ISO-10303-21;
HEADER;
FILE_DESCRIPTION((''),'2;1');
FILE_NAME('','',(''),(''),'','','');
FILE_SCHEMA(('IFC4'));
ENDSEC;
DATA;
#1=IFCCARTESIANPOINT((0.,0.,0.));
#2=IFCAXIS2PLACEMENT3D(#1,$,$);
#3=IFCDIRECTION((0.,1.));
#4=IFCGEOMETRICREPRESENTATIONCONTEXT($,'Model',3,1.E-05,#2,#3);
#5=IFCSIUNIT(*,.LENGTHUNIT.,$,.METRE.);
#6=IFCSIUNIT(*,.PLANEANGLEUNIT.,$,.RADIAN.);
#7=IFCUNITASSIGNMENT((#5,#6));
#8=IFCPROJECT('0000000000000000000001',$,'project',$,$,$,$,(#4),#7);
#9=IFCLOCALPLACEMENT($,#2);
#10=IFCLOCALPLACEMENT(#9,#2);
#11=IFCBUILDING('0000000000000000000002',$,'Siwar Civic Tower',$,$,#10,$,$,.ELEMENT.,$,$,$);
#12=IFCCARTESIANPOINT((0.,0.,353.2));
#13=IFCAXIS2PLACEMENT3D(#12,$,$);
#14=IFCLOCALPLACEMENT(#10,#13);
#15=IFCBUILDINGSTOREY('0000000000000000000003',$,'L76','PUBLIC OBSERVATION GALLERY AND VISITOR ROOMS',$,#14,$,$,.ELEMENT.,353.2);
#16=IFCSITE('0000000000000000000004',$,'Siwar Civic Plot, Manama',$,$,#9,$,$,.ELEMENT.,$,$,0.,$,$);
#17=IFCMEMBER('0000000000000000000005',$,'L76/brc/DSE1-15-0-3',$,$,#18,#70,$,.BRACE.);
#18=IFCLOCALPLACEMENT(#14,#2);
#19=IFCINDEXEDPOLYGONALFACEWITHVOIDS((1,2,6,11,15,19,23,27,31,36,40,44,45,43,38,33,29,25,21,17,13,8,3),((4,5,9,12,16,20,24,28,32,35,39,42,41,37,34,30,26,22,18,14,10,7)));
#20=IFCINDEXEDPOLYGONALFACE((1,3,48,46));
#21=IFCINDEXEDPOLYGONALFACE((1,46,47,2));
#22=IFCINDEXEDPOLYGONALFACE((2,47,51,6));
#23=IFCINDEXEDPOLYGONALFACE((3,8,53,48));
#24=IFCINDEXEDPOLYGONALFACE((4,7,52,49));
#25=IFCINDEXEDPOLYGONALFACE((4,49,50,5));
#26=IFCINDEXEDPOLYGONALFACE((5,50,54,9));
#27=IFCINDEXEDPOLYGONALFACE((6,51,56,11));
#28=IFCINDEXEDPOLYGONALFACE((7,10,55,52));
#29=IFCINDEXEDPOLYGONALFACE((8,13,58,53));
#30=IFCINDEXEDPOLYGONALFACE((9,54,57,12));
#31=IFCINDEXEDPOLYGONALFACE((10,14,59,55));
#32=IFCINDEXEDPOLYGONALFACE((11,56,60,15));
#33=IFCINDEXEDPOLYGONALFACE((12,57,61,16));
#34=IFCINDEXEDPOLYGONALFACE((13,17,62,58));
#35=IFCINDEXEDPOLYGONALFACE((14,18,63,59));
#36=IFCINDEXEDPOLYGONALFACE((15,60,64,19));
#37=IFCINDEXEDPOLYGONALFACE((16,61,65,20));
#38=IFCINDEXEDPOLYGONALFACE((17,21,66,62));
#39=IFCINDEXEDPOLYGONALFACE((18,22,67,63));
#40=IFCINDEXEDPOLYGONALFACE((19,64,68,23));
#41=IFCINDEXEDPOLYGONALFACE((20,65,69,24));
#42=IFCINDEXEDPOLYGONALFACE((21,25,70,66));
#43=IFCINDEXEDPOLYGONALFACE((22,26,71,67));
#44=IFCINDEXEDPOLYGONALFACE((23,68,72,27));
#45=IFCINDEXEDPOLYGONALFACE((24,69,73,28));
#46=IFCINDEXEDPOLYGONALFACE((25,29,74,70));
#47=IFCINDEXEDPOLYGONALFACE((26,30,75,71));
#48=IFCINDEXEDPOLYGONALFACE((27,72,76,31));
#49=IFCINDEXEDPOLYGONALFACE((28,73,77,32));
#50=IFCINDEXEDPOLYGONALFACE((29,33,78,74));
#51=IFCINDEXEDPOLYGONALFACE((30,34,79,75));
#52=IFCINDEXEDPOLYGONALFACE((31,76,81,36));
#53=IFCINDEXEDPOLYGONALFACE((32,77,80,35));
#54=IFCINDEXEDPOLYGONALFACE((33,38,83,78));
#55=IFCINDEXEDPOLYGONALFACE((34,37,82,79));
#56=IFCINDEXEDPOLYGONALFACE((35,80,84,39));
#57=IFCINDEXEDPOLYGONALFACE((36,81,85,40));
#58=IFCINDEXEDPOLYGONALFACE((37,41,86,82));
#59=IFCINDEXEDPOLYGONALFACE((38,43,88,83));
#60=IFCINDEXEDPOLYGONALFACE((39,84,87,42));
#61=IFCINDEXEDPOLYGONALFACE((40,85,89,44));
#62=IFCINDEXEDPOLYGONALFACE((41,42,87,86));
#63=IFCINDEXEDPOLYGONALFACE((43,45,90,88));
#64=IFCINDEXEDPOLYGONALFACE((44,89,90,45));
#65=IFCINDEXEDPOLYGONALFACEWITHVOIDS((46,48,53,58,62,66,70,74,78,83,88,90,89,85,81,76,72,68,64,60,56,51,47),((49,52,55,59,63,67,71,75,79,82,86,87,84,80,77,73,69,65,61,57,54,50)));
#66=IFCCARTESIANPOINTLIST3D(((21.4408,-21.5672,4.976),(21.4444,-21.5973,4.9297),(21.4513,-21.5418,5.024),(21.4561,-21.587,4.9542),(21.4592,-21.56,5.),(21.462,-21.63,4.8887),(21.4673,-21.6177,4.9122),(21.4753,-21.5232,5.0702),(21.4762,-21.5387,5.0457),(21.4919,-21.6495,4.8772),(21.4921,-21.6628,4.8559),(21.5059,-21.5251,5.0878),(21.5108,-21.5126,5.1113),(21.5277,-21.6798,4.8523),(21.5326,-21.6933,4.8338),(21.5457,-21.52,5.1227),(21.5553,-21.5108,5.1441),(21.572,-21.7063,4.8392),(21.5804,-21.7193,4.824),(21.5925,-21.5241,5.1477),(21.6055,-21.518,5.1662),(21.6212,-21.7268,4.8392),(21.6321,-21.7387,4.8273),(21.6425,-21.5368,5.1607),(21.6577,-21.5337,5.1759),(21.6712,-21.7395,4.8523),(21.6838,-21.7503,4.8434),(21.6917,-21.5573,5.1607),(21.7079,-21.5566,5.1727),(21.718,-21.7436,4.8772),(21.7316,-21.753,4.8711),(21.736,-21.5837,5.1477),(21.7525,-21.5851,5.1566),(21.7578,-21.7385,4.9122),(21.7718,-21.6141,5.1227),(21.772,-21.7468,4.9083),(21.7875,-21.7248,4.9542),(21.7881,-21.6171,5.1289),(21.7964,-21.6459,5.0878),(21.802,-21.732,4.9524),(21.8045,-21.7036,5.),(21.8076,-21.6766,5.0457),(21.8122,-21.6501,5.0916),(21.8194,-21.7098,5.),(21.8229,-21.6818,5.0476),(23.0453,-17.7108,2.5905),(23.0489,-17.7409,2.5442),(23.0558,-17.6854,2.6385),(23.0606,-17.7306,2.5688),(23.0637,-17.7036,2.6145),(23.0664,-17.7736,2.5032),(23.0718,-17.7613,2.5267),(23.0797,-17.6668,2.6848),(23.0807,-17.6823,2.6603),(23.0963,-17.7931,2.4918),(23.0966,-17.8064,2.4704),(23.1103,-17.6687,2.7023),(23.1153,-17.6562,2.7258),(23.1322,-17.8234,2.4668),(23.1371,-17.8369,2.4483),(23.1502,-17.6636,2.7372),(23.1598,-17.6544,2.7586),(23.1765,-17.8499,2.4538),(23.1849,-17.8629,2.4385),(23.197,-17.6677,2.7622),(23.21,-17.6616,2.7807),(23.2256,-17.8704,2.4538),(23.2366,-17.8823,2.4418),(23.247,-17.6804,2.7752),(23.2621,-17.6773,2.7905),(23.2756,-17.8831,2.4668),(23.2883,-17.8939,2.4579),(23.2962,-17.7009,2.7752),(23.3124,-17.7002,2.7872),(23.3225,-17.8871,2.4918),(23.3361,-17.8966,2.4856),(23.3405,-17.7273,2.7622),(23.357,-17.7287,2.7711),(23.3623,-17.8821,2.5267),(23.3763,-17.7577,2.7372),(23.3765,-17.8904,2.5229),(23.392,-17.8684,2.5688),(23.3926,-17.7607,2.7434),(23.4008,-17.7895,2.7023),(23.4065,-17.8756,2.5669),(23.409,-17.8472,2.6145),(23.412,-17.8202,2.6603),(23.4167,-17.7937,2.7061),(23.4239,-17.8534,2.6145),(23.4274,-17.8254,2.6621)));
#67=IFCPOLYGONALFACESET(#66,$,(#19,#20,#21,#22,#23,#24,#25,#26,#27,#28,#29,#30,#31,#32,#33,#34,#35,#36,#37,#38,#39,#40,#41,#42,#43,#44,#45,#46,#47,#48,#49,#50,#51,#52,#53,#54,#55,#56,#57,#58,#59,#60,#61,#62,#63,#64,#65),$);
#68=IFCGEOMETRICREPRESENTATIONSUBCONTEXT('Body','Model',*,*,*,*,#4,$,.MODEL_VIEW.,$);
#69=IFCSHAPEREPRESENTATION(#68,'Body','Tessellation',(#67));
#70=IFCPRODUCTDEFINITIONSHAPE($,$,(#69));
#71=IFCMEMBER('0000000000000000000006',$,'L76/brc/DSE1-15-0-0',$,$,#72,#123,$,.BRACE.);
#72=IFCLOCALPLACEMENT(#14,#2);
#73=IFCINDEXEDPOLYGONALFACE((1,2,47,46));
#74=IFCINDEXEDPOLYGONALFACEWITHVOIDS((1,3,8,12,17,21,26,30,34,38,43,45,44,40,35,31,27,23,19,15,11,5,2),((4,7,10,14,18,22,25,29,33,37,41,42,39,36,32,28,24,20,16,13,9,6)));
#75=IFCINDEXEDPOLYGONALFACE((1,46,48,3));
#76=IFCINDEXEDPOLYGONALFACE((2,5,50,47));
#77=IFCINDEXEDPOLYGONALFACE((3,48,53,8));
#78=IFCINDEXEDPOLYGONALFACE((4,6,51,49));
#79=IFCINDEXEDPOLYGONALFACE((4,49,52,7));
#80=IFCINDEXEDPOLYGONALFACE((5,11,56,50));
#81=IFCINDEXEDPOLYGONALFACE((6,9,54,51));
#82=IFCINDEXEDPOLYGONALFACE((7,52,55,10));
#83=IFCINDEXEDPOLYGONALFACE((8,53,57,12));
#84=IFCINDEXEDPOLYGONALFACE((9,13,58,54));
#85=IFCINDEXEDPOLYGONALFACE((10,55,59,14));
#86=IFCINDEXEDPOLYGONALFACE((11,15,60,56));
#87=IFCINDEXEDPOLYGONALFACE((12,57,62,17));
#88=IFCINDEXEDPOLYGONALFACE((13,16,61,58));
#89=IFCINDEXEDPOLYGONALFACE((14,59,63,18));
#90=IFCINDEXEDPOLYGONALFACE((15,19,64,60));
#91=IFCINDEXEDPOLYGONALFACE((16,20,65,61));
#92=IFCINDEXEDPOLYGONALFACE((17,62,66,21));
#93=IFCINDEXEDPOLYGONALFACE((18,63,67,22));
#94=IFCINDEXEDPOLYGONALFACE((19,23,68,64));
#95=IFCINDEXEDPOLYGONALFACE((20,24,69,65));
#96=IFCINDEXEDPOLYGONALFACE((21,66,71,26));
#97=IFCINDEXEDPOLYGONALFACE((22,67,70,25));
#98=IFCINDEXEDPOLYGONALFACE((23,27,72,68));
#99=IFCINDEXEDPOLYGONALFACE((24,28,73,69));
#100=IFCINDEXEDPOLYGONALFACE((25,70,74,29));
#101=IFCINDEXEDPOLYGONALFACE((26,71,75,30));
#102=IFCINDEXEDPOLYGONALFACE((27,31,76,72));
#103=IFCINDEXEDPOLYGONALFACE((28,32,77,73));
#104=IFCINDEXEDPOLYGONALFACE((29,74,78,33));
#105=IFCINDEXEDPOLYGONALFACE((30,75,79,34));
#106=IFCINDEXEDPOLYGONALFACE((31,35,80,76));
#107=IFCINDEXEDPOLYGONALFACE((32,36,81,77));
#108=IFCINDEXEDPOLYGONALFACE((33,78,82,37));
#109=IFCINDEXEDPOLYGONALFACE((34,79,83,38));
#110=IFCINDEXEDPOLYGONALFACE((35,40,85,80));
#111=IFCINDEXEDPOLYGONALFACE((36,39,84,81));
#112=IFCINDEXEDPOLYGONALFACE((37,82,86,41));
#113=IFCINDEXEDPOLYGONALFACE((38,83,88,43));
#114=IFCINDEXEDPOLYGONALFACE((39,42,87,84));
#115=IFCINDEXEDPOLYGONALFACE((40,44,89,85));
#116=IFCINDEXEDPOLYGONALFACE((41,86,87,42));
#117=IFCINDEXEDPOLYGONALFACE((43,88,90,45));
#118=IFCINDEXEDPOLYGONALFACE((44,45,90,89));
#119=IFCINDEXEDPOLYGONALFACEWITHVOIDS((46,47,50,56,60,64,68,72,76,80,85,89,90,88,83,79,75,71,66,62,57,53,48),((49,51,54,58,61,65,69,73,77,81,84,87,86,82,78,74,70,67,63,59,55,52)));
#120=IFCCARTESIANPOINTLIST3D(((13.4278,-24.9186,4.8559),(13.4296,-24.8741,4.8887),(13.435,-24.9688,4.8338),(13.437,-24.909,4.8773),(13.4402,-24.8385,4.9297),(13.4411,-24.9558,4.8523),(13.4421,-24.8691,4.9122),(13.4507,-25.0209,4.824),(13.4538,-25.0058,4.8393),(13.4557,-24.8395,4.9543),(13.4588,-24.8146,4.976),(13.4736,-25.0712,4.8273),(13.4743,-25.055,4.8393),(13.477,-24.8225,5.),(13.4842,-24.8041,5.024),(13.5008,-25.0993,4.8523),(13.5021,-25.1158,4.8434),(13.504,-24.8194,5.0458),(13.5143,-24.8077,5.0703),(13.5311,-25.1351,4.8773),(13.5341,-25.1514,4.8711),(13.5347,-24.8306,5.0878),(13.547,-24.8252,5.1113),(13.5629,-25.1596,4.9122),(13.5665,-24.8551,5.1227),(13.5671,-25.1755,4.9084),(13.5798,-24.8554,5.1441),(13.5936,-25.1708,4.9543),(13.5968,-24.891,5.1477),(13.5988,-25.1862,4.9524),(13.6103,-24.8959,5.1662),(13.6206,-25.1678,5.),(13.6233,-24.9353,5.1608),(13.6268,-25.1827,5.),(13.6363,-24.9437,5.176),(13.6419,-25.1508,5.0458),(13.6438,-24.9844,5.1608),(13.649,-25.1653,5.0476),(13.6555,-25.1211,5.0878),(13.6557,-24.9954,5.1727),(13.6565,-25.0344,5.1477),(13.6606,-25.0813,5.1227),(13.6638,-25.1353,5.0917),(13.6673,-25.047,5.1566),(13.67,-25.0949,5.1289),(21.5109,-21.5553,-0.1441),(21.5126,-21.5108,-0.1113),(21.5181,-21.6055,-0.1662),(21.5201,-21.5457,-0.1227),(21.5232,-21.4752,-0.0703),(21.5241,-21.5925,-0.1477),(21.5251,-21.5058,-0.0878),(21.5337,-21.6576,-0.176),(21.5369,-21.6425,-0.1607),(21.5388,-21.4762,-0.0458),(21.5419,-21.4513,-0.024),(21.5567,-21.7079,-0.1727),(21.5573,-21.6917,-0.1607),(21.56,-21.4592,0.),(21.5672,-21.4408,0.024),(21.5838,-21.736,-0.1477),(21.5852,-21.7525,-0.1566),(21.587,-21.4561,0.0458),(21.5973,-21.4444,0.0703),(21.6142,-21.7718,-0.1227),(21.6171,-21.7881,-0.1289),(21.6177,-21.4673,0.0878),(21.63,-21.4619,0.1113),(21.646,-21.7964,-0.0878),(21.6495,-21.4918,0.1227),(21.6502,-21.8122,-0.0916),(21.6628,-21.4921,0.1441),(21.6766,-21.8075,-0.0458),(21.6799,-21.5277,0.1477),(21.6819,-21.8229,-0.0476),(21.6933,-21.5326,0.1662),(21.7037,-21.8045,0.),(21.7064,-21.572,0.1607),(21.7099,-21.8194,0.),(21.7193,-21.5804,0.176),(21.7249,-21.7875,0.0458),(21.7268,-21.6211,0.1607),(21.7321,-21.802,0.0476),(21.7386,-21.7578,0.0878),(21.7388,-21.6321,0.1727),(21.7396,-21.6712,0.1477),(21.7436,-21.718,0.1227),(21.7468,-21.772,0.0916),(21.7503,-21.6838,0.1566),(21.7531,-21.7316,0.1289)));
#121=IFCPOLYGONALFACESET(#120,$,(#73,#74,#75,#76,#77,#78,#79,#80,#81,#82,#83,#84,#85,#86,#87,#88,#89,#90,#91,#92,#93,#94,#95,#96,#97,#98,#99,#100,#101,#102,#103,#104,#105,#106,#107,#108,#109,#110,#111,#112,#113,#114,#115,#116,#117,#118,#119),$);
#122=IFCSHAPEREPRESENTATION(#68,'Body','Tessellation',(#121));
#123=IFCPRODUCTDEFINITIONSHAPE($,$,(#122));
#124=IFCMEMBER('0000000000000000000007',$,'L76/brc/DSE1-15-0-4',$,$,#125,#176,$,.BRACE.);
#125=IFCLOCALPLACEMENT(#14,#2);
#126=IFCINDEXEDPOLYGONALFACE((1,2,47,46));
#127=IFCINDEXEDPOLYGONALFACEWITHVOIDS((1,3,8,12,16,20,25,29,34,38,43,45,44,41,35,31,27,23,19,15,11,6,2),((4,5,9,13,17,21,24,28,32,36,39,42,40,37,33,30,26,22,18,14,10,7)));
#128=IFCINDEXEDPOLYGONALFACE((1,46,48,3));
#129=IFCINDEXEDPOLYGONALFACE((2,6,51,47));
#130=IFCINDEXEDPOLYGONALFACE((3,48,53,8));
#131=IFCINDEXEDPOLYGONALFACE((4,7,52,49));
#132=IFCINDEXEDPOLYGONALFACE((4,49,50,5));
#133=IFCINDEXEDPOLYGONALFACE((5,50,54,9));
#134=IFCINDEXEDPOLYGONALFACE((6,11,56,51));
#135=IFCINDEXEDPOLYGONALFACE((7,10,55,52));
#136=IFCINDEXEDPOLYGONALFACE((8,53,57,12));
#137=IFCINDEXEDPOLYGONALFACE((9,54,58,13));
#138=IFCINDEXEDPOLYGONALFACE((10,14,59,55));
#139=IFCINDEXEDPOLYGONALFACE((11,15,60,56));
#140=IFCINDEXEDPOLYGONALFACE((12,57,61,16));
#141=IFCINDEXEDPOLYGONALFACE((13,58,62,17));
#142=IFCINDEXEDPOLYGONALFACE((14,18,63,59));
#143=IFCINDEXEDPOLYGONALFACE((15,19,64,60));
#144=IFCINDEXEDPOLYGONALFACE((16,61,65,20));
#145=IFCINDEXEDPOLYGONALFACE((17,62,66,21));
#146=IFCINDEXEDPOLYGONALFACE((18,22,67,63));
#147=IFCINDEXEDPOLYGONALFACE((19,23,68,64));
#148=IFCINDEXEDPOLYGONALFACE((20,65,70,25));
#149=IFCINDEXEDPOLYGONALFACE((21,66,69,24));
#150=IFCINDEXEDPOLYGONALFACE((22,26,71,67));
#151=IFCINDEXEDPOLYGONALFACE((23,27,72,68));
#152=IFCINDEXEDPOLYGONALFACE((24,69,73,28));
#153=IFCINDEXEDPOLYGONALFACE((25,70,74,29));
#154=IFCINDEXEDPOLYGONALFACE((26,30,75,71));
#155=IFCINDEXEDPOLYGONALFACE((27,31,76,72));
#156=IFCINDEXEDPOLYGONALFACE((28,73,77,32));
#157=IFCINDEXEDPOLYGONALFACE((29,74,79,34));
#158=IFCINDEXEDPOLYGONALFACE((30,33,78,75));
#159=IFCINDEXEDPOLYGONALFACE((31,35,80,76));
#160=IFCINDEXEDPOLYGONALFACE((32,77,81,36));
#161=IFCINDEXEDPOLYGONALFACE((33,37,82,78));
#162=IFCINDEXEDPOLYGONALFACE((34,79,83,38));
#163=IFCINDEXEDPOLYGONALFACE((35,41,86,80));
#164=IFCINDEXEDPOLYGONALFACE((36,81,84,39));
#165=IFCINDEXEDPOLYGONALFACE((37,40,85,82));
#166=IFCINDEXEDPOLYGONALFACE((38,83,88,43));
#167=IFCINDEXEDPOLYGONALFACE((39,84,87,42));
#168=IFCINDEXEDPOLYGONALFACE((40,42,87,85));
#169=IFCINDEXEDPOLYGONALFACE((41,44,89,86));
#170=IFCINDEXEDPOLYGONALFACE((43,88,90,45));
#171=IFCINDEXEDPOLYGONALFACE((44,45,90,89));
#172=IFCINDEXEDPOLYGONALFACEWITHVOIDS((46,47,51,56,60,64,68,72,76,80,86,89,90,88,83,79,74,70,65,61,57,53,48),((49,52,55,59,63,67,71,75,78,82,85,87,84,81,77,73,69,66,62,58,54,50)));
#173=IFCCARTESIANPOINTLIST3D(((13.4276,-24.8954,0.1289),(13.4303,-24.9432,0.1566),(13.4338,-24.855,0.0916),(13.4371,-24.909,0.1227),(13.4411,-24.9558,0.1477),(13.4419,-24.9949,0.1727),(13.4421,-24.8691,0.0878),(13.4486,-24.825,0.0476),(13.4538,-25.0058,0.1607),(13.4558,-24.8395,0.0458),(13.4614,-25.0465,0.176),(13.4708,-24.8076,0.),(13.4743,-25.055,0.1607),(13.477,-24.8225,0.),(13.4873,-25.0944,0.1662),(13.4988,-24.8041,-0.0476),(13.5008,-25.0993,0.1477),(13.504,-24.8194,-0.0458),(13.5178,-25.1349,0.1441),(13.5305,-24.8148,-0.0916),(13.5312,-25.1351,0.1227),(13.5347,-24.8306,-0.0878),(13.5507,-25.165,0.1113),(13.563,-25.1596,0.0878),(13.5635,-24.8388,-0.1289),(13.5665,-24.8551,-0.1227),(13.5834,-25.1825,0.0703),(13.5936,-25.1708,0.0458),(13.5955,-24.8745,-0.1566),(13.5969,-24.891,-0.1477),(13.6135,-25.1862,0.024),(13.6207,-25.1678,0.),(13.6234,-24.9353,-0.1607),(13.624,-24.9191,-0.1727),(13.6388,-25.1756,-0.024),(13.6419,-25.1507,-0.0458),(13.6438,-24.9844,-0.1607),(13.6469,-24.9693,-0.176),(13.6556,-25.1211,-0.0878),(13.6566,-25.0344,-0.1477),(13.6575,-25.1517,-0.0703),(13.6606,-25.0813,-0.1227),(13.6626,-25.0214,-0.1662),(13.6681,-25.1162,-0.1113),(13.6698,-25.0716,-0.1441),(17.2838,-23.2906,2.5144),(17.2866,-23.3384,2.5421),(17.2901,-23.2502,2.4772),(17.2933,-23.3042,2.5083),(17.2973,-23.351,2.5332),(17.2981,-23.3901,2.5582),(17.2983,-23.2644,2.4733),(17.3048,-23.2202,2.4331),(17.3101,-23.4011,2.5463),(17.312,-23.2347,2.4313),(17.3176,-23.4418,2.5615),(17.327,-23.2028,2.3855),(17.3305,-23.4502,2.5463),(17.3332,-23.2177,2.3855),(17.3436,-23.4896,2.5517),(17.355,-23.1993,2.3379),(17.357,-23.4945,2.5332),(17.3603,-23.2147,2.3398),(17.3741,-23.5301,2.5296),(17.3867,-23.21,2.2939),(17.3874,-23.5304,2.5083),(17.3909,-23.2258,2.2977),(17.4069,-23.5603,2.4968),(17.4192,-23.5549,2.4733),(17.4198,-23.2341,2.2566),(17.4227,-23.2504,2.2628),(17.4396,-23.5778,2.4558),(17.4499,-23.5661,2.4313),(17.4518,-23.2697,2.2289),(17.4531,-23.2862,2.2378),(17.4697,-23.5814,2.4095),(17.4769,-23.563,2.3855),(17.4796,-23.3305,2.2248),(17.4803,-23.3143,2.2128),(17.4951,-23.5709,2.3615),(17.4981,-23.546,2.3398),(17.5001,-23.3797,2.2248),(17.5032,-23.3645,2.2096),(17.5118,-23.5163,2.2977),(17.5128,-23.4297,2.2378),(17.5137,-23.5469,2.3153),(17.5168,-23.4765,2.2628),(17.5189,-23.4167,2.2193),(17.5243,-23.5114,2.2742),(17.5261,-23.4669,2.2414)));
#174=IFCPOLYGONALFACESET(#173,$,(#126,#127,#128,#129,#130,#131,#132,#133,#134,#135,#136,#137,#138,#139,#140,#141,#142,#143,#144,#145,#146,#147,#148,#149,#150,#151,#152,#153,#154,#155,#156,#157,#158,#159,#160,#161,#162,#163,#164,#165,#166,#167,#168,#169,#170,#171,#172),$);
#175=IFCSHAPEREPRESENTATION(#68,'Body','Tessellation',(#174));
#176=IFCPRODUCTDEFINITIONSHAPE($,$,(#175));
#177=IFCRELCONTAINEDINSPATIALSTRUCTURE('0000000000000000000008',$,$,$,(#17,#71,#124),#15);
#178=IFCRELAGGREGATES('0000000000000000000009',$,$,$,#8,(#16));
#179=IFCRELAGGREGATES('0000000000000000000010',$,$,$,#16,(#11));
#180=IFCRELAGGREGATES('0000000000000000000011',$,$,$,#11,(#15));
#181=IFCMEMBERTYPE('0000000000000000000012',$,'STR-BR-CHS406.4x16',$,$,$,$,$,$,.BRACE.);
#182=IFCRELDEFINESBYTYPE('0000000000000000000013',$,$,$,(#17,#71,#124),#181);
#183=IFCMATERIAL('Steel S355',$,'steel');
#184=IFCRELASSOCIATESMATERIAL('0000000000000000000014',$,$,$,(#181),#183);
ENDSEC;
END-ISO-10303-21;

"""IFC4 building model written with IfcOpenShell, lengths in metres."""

from ifc_helpers import new_model, si_unit, direction, frame, origin, origin_2d, place, context, subcontext, project, spatial, hollow_circle, extrude, material, material_profile, profile_set, type_object, element, save


model = new_model("IFC4")

# Units and contexts
model_context = context("Model", 3, precision=1e-05, world=origin(), true_north=direction((0.0, 1.0)))
body_context = subcontext(model_context, "Body", "Model", "MODEL_VIEW")
ifc_project = project(units=[si_unit("LENGTHUNIT", "METRE"), si_unit("PLANEANGLEUNIT", "RADIAN")], contexts=[model_context])

# Site, building, storey
site_placement = place(None, origin())
site = spatial("IfcSite", under=ifc_project, at=site_placement, Name="Siwar Civic Plot, Manama", CompositionType="ELEMENT", RefElevation=0.0)
building_placement = place(site_placement, origin())
building = spatial("IfcBuilding", under=site, at=building_placement, Name="Siwar Civic Tower", CompositionType="ELEMENT")
storey_placement = place(building_placement, frame((0.0, 0.0, 353.2)))
storey = spatial("IfcBuildingStorey", under=building, at=storey_placement, Name="L76", Description="PUBLIC OBSERVATION GALLERY AND VISITOR ROOMS", CompositionType="ELEMENT", Elevation=353.2)

# Members
ifc_material_1 = material(Name="Steel S355", Category="steel")
ifc_material_profile_1 = material_profile(ifc_material_1, hollow_circle(Radius=0.2031, WallThickness=0.0161, at=origin_2d()), Name="CHS406.4x16")
ifc_profile_set_1 = profile_set([ifc_material_profile_1], Name="Steel S355")
member_type_1 = type_object("IfcMemberType", Name="STR-BR-CHS406.4x16", PredefinedType="BRACE", material=ifc_profile_set_1)
for number, where, z_axis, x_axis, name in (
    (1, (23.2363, -17.7754, 2.6145), (-0.333567, -0.801737, 0.495934), (0.923277, -0.384134, 0.0), "L76/brc/DSE1-15-0-3"),
):
    element("IfcMember", number, at=place(storey_placement, frame(where, z_axis=z_axis, x_axis=x_axis)), inside=storey, type_object=member_type_1, Name=name, PredefinedType="BRACE", context=body_context, shape_type="SweptSolid", body=[
        extrude(hollow_circle(Radius=0.2031, WallThickness=0.0161, at=origin_2d()), origin(), (0.0, 0.0, 1.0), 4.8101),
    ])
member_1_placement = place(storey_placement, frame((21.6318, -21.6318, 0.0), z_axis=(-0.801727, -0.333593, 0.495933), x_axis=(0.384164, -0.923265, 0.0)))
element("IfcMember", 2, at=member_1_placement, inside=storey, type_object=member_type_1, Name="L76/brc/DSE1-15-0-0", PredefinedType="BRACE", context=body_context, shape_type="SweptSolid", body=[
    extrude(hollow_circle(Radius=0.2031, WallThickness=0.0161, at=origin_2d()), origin(), (0.0, 0.0, 1.0), 10.082),
])
for number, where, z_axis, x_axis, name in (
    (3, (13.5488, -24.9951, 0.0), (0.801706, 0.333625, 0.495946), (-0.384204, 0.923248, 0.0), "L76/brc/DSE1-15-0-4"),
):
    element("IfcMember", number, at=place(storey_placement, frame(where, z_axis=z_axis, x_axis=x_axis)), inside=storey, type_object=member_type_1, Name=name, PredefinedType="BRACE", context=body_context, shape_type="SweptSolid", body=[
        extrude(hollow_circle(Radius=0.2031, WallThickness=0.0161, at=origin_2d()), origin(), (0.0, 0.0, 1.0), 4.8101),
    ])

save(model, "model.ifc")
